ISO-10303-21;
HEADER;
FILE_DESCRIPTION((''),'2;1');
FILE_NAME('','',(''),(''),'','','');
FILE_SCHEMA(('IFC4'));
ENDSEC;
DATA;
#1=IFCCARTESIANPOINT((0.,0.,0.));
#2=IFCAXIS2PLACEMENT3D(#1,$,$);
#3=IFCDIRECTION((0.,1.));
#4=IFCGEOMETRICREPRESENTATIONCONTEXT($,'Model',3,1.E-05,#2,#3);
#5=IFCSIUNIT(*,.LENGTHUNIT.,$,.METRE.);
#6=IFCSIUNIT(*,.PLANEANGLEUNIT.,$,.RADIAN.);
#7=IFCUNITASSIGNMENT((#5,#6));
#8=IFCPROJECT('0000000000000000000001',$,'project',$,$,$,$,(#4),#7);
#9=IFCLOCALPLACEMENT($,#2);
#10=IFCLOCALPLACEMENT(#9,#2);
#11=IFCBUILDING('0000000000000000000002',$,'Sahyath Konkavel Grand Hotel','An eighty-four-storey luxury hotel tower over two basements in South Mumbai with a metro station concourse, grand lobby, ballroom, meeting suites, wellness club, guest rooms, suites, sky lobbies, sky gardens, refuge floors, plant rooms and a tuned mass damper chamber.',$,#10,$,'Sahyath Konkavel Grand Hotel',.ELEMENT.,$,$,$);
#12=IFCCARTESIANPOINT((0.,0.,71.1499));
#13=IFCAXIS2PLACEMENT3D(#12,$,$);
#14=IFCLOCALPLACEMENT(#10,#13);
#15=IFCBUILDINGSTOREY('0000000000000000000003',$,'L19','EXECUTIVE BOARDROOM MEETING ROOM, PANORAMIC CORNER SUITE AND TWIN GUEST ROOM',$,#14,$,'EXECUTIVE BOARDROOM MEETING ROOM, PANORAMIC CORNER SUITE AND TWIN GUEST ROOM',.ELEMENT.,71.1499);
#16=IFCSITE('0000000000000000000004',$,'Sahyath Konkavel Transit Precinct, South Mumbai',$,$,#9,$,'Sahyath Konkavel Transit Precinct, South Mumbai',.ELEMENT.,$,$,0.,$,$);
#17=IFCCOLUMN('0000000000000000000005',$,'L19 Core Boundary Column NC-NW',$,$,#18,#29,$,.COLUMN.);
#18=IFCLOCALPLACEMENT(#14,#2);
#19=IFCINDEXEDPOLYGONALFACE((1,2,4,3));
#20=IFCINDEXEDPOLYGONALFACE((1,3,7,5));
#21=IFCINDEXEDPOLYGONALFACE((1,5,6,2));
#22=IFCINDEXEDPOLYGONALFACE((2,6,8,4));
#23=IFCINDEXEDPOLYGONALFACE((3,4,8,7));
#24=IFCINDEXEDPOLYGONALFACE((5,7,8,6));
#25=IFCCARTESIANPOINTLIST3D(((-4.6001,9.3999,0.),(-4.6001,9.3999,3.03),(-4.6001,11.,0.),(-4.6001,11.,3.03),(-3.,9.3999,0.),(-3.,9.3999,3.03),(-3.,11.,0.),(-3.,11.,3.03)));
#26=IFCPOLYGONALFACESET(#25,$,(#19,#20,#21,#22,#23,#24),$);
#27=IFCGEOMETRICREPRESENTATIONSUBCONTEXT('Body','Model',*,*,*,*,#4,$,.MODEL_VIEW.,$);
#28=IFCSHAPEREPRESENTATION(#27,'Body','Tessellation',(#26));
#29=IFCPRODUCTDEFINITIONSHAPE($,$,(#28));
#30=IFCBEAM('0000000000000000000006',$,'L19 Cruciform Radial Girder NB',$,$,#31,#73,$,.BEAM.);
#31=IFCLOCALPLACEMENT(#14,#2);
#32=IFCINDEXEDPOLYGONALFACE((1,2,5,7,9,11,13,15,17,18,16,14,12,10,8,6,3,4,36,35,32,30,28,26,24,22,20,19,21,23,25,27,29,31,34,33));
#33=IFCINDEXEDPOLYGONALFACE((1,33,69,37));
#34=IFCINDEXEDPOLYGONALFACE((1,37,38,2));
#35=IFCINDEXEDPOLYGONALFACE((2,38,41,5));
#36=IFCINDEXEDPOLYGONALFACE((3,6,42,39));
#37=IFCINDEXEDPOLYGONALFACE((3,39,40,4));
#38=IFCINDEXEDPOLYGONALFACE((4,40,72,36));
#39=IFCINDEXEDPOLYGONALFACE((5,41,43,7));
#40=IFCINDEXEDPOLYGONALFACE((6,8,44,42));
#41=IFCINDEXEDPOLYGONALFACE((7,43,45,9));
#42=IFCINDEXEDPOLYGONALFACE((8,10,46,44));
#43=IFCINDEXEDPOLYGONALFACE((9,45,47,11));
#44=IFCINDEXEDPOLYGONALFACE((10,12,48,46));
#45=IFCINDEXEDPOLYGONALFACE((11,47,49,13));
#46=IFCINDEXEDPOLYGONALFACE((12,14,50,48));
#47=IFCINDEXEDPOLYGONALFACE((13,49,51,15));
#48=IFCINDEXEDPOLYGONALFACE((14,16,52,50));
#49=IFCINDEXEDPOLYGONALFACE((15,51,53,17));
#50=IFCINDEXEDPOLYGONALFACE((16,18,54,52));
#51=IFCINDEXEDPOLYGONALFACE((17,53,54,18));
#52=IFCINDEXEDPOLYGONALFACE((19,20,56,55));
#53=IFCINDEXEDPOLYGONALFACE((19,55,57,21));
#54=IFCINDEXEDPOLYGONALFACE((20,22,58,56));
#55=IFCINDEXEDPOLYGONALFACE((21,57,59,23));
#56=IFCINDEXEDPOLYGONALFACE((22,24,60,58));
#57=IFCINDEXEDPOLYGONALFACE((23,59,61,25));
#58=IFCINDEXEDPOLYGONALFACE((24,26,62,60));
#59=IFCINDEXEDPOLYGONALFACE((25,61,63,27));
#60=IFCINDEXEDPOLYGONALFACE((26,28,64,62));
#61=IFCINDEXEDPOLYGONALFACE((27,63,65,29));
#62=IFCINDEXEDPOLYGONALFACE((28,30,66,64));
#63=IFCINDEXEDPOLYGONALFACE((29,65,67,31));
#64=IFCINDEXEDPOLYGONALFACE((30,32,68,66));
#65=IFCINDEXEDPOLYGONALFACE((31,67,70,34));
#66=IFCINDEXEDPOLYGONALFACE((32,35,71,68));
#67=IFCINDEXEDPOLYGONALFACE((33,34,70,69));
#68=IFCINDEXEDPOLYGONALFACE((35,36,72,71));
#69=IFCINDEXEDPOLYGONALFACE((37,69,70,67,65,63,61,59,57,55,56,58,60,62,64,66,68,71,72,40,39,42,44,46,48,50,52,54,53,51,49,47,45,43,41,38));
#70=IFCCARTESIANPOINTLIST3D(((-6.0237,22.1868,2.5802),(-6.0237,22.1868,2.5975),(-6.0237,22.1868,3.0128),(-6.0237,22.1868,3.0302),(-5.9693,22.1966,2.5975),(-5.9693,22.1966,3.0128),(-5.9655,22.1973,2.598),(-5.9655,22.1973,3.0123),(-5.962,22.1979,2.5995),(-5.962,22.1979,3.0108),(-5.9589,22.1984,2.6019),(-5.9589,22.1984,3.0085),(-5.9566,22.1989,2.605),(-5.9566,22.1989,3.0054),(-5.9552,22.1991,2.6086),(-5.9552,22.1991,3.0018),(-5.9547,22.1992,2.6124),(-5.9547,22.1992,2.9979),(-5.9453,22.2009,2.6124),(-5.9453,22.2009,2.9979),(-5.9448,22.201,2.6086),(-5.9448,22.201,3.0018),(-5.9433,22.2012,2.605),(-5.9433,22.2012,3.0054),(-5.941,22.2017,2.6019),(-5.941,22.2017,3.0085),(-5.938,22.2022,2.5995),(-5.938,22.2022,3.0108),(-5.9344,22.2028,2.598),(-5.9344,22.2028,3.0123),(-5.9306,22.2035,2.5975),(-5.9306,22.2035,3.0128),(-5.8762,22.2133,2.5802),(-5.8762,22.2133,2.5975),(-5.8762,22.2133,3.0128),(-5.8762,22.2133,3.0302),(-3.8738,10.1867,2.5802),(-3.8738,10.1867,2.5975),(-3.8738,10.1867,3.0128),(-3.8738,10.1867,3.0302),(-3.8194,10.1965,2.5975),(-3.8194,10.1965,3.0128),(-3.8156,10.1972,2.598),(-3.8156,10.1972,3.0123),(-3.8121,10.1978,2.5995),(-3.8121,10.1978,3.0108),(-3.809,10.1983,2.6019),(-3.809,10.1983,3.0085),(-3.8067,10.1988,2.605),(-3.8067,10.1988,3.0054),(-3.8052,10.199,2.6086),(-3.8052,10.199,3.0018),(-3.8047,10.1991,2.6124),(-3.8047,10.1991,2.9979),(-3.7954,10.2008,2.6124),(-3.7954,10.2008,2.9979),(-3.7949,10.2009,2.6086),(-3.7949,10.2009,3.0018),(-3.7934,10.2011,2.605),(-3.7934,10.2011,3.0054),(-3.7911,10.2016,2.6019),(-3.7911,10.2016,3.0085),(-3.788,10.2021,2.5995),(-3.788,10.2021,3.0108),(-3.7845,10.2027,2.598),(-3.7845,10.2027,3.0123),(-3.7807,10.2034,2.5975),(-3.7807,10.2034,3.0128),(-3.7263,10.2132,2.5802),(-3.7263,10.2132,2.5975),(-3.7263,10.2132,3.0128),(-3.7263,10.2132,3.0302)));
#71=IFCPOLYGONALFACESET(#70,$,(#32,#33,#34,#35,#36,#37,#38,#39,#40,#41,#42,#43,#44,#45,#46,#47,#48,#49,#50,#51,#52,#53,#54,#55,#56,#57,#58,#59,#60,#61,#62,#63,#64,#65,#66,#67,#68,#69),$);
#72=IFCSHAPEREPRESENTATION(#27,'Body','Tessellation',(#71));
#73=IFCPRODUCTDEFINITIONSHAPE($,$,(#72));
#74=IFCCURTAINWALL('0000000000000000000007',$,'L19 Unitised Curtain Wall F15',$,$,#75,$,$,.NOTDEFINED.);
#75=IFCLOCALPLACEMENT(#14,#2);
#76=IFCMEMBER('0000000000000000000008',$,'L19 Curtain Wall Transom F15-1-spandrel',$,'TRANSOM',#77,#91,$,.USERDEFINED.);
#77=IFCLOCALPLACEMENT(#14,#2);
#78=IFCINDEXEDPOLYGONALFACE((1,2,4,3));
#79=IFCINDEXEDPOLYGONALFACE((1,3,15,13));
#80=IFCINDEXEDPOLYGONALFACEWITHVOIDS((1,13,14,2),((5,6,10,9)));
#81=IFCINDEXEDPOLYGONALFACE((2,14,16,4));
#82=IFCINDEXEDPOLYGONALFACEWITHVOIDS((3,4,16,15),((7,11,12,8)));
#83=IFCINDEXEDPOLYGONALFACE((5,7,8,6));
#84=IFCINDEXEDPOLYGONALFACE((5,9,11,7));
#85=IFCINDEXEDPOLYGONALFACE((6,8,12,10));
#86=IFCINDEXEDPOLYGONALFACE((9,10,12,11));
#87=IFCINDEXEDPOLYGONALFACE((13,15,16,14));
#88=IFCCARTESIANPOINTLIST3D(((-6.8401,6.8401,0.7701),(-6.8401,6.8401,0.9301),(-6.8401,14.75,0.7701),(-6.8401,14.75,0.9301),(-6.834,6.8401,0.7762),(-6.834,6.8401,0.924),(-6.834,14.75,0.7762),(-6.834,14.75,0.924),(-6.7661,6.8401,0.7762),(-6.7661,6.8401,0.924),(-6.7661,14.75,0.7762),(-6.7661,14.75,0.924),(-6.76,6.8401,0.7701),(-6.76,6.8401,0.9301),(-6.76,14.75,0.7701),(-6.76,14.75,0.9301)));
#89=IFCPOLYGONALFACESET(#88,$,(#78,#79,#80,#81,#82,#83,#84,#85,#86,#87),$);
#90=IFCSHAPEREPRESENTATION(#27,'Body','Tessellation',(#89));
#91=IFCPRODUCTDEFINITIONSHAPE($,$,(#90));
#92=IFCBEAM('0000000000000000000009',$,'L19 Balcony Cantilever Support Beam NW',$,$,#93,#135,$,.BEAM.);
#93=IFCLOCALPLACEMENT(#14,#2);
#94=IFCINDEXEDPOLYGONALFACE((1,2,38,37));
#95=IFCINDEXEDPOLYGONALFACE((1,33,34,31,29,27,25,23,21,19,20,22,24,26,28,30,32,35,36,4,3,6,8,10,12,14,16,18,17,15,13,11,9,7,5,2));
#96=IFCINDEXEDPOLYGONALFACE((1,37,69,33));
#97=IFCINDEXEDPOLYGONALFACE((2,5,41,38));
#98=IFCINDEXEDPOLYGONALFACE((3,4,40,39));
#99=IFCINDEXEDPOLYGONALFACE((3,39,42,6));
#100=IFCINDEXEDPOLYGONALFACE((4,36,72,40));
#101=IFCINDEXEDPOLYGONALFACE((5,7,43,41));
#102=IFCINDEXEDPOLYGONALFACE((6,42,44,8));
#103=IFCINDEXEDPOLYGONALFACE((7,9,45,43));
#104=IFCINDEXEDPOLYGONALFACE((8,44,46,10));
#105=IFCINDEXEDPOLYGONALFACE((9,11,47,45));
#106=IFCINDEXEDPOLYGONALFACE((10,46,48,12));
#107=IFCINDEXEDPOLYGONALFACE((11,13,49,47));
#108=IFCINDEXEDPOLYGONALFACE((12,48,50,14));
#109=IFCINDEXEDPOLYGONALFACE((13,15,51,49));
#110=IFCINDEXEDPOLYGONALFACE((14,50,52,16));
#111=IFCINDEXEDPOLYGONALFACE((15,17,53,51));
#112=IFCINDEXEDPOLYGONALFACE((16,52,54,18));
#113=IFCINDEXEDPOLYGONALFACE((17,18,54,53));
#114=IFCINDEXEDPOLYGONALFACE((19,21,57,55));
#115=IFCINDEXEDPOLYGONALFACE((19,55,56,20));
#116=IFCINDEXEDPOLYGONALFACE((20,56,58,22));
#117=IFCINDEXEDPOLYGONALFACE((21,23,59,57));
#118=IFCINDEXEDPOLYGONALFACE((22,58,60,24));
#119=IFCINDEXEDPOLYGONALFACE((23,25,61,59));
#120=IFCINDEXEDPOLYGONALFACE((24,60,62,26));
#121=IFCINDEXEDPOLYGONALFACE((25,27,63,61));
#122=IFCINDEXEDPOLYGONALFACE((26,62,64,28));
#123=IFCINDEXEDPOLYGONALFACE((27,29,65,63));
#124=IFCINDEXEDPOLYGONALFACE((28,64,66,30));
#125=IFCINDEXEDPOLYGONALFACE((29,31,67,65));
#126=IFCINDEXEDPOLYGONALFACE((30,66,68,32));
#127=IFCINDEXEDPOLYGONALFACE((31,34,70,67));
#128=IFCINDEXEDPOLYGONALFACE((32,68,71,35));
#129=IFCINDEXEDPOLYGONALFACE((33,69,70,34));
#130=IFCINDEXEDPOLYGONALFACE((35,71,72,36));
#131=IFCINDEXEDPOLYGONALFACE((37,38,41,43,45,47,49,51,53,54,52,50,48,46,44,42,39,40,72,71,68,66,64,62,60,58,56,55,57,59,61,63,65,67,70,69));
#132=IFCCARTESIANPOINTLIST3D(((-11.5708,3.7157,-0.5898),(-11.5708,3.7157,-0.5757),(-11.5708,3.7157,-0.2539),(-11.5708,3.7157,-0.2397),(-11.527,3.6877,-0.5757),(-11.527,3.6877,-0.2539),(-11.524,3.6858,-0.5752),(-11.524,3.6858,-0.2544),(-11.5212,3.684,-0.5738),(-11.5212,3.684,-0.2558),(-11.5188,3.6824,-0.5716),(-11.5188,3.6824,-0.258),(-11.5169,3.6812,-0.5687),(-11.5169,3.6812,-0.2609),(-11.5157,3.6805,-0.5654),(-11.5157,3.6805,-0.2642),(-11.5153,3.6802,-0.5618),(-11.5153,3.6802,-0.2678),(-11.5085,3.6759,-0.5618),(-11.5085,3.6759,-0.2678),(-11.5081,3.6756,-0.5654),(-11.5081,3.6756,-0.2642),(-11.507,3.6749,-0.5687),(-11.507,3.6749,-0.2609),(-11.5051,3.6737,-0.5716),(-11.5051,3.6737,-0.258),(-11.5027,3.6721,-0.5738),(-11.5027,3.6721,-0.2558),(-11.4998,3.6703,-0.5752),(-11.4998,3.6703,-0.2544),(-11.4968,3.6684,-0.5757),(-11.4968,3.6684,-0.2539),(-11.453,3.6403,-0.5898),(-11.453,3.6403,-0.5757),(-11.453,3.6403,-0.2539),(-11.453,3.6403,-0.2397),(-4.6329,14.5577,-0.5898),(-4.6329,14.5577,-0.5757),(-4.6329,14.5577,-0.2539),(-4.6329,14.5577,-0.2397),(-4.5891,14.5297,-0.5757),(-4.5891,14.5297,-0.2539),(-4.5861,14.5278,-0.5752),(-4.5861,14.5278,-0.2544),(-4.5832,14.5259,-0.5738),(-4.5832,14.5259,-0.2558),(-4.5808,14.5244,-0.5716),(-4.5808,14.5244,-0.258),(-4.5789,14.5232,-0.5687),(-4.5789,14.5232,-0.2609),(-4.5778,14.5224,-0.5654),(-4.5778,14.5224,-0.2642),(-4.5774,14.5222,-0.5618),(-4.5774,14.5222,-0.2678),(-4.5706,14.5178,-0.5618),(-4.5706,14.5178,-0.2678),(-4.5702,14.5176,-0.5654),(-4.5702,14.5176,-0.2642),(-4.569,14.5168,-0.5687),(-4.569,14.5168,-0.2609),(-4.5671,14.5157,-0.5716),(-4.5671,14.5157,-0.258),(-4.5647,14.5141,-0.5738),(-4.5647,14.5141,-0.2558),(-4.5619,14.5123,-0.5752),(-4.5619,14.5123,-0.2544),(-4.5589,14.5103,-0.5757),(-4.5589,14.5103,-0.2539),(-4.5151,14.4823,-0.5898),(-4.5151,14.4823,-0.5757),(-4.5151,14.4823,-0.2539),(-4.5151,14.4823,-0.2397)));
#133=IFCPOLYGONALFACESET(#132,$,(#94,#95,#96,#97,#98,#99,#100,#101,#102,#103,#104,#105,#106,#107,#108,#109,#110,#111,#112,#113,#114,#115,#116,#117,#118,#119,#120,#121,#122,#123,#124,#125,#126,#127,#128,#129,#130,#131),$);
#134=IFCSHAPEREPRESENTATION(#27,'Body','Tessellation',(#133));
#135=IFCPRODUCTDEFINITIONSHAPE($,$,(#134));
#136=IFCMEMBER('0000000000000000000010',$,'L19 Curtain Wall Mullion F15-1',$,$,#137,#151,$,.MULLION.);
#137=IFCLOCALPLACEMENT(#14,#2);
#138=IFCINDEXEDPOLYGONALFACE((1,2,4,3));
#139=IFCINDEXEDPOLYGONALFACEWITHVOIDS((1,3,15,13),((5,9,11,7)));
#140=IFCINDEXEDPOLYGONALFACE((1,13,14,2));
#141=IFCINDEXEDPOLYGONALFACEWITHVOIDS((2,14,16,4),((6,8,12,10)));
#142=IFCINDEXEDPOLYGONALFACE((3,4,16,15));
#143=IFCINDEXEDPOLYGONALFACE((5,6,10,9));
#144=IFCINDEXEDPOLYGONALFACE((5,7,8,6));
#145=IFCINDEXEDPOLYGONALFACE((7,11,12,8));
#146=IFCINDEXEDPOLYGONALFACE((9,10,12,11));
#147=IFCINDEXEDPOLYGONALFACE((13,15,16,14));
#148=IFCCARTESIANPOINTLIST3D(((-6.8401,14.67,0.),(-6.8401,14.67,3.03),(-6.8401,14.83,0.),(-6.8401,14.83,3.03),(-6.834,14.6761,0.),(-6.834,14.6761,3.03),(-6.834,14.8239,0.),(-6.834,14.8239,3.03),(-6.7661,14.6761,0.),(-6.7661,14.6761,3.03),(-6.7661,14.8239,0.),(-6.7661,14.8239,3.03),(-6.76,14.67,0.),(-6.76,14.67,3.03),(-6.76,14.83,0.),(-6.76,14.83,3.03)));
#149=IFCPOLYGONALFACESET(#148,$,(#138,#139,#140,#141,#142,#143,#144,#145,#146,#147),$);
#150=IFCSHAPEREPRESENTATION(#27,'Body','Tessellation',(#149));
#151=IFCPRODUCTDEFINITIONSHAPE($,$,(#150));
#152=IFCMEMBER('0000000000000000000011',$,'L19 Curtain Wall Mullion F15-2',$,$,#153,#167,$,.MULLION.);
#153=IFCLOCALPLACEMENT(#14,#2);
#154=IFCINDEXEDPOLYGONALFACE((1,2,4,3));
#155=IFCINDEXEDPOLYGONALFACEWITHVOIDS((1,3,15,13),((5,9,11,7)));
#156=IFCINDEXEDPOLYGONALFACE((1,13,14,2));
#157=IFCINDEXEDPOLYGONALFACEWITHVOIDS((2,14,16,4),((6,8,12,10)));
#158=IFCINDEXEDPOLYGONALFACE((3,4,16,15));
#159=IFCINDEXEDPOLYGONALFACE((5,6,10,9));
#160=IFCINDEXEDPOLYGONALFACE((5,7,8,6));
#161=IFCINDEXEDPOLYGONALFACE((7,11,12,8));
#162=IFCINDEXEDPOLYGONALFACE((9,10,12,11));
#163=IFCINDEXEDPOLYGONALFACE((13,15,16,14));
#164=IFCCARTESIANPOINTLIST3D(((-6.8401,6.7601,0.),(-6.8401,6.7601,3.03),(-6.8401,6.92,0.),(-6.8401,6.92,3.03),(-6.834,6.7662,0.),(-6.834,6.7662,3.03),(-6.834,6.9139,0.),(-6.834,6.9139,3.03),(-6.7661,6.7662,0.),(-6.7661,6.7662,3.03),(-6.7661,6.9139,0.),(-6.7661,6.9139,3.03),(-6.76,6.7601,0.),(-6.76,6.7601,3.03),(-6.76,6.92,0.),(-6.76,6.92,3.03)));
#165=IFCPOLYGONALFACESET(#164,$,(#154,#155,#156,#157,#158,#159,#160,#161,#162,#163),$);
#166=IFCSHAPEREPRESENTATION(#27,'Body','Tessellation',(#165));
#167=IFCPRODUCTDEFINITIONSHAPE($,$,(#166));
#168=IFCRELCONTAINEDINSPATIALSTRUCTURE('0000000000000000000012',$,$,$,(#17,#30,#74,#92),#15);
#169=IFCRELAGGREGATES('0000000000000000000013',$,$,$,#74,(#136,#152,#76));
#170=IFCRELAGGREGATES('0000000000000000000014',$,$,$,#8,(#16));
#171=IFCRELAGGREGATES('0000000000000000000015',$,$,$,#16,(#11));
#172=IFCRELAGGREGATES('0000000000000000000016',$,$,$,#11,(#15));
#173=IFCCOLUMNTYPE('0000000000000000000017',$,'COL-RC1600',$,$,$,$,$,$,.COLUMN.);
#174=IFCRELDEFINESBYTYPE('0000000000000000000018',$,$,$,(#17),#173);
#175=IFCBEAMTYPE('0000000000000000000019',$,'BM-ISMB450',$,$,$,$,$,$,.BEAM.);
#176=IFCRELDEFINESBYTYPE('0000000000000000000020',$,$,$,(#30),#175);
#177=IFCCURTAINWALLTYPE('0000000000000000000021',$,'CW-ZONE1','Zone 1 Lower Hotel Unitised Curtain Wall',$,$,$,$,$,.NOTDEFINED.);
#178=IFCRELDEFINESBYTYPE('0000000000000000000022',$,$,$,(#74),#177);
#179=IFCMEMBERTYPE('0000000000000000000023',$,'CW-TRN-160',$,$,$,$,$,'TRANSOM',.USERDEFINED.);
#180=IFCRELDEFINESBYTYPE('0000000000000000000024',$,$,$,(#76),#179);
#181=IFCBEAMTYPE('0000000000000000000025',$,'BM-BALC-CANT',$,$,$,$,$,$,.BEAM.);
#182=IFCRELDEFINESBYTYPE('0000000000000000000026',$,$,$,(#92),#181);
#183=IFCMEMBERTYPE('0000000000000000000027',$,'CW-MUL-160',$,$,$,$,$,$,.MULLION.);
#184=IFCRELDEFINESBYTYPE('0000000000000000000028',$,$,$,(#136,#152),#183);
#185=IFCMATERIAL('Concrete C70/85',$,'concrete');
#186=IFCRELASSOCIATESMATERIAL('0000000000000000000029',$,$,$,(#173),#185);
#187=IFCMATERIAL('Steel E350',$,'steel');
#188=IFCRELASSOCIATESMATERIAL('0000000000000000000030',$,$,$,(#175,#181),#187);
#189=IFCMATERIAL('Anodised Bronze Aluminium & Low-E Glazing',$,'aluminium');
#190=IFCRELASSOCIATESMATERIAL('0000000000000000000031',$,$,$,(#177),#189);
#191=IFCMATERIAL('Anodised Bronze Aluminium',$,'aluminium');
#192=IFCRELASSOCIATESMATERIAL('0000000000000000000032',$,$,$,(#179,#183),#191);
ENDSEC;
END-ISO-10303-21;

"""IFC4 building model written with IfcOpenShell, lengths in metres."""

from ifc_helpers import new_model, si_unit, direction, frame, origin, origin_2d, place, context, subcontext, project, spatial, rectangle, hollow_rectangle, i_section, extrude, source, transform, mapped, material, material_profile, profile_set, type_object, element, aggregate, save


model = new_model("IFC4")

# Units and contexts
model_context = context("Model", 3, precision=1e-05, world=origin(), true_north=direction((0.0, 1.0)))
body_context = subcontext(model_context, "Body", "Model", "MODEL_VIEW")
ifc_project = project(units=[si_unit("LENGTHUNIT", "METRE"), si_unit("PLANEANGLEUNIT", "RADIAN")], contexts=[model_context])

# Site, building, storey
site_placement = place(None, origin())
site = spatial("IfcSite", under=ifc_project, at=site_placement, Name="Sahyath Konkavel Transit Precinct, South Mumbai", LongName="Sahyath Konkavel Transit Precinct, South Mumbai", CompositionType="ELEMENT", RefElevation=0.0)
building_placement = place(site_placement, origin())
building = spatial("IfcBuilding", under=site, at=building_placement, Name="Sahyath Konkavel Grand Hotel", Description="An eighty-four-storey luxury hotel tower over two basements in South Mumbai with a metro station concourse, grand lobby, ballroom, meeting suites, wellness club, guest rooms, suites, sky lobbies, sky gardens, refuge floors, plant rooms and a tuned mass damper chamber.", LongName="Sahyath Konkavel Grand Hotel", CompositionType="ELEMENT")
storey_placement = place(building_placement, frame((0.0, 0.0, 71.1499)))
storey = spatial("IfcBuildingStorey", under=building, at=storey_placement, Name="L19", Description="EXECUTIVE BOARDROOM MEETING ROOM, PANORAMIC CORNER SUITE AND TWIN GUEST ROOM", LongName="EXECUTIVE BOARDROOM MEETING ROOM, PANORAMIC CORNER SUITE AND TWIN GUEST ROOM", CompositionType="ELEMENT", Elevation=71.1499)

# Column
ifc_material_1 = material(Name="Concrete C70/85", Category="concrete")
ifc_material_profile_1 = material_profile(ifc_material_1, rectangle(XDim=1.6001, YDim=1.6001, at=origin_2d()), Name="RC 1600x1600")
ifc_profile_set_1 = profile_set([ifc_material_profile_1], Name="Concrete C70/85")
column_type = type_object("IfcColumnType", Name="COL-RC1600", PredefinedType="COLUMN", material=ifc_profile_set_1)
shared_shape_1 = source(origin(), body_context, "Body", "SweptSolid", [
    extrude(rectangle(XDim=1.6001, YDim=1.6001, at=origin_2d()), origin(), (0.0, 0.0, 1.0), 3.03),
])
column_placement = place(storey_placement, frame((-3.8, 10.2, 0.0), z_axis=(0.0, 0.0, 1.0), x_axis=(1.0, 0.0, 0.0)))
element("IfcColumn", 1, at=column_placement, inside=storey, type_object=column_type, Name="L19 Core Boundary Column NC-NW", PredefinedType="COLUMN", context=body_context, shape_type="MappedRepresentation", body=[
    mapped(shared_shape_1, transform((0.0, 0.0, 0.0), scale=1.0)),
])

# Beam
ifc_material_2 = material(Name="Steel E350", Category="steel")
ifc_material_profile_2 = material_profile(ifc_material_2, i_section(OverallWidth=0.1499, OverallDepth=0.45, WebThickness=0.0095, FlangeThickness=0.0173, FilletRadius=0.0149, at=origin_2d()), Name="ISMB 450")
ifc_profile_set_2 = profile_set([ifc_material_profile_2], Name="Steel E350")
beam_type_1 = type_object("IfcBeamType", Name="BM-ISMB450", PredefinedType="BEAM", material=ifc_profile_set_2)
shared_shape_2 = source(origin(), body_context, "Body", "SweptSolid", [
    extrude(i_section(OverallWidth=0.1499, OverallDepth=0.45, WebThickness=0.0095, FlangeThickness=0.0173, FilletRadius=0.0149, at=origin_2d()), origin(), (0.0, 0.0, 1.0), 12.1912),
])
beam_1_placement = place(storey_placement, frame((-3.8, 10.2, 2.8052), z_axis=(-0.176351, 0.984327, 0.0), x_axis=(-0.984327, -0.176351, 0.0)))
element("IfcBeam", 2, at=beam_1_placement, inside=storey, type_object=beam_type_1, Name="L19 Cruciform Radial Girder NB", PredefinedType="BEAM", context=body_context, shape_type="MappedRepresentation", body=[
    mapped(shared_shape_2, transform((0.0, 0.0, 0.0), scale=1.0)),
])

# Curtain wall, member
ifc_material_3 = material(Name="Anodised Bronze Aluminium & Low-E Glazing", Category="aluminium")
curtain_wall_type = type_object("IfcCurtainWallType", Name="CW-ZONE1", Description="Zone 1 Lower Hotel Unitised Curtain Wall", PredefinedType="NOTDEFINED", material=ifc_material_3)
curtain_wall_1_placement = place(storey_placement, origin())
curtain_wall_1 = element("IfcCurtainWall", 3, at=curtain_wall_1_placement, inside=storey, type_object=curtain_wall_type, Name="L19 Unitised Curtain Wall F15", PredefinedType="NOTDEFINED")
ifc_material_4 = material(Name="Anodised Bronze Aluminium", Category="aluminium")
ifc_material_profile_3 = material_profile(ifc_material_4, hollow_rectangle(XDim=0.0801, YDim=0.1599, WallThickness=0.0061, at=origin_2d()), Name="RHS 160x80x6")
ifc_profile_set_3 = profile_set([ifc_material_profile_3], Name="Anodised Bronze Aluminium")
member_type_1 = type_object("IfcMemberType", Name="CW-TRN-160", ElementType="TRANSOM", PredefinedType="USERDEFINED", material=ifc_profile_set_3)
shared_shape_3 = source(origin(), body_context, "Body", "SweptSolid", [
    extrude(hollow_rectangle(XDim=0.0801, YDim=0.1599, WallThickness=0.0061, at=origin_2d()), origin(), (0.0, 0.0, 1.0), 7.9099),
])
member_1_placement = place(storey_placement, frame((-6.8, 14.75, 0.8501), z_axis=(0.0, -1.0, 0.0), x_axis=(1.0, 0.0, 0.0)))
member_1 = element("IfcMember", 4, at=member_1_placement, type_object=member_type_1, Name="L19 Curtain Wall Transom F15-1-spandrel", ObjectType="TRANSOM", PredefinedType="USERDEFINED", context=body_context, shape_type="MappedRepresentation", body=[
    mapped(shared_shape_3, transform((0.0, 0.0, 0.0), scale=1.0)),
])

# Beam
ifc_material_profile_4 = material_profile(ifc_material_2, i_section(OverallWidth=0.1399, OverallDepth=0.3501, WebThickness=0.0081, FlangeThickness=0.0142, FilletRadius=0.0139, at=origin_2d()), Name="ISMB 350")
ifc_profile_set_4 = profile_set([ifc_material_profile_4], Name="Steel E350")
beam_type_2 = type_object("IfcBeamType", Name="BM-BALC-CANT", PredefinedType="BEAM", material=ifc_profile_set_4)
shared_shape_4 = source(origin(), body_context, "Body", "SweptSolid", [
    extrude(i_section(OverallWidth=0.1399, OverallDepth=0.3501, WebThickness=0.0081, FlangeThickness=0.0142, FilletRadius=0.0139, at=origin_2d()), origin(), (0.0, 0.0, 1.0), 12.8718),
])
beam_2_placement = place(storey_placement, frame((-4.574, 14.52, -0.4148), z_axis=(-0.539003, -0.842304, 0.0), x_axis=(0.842304, -0.539003, 0.0)))
element("IfcBeam", 5, at=beam_2_placement, inside=storey, type_object=beam_type_2, Name="L19 Balcony Cantilever Support Beam NW", PredefinedType="BEAM", context=body_context, shape_type="MappedRepresentation", body=[
    mapped(shared_shape_4, transform((0.0, 0.0, 0.0), scale=1.0)),
])

# Members
ifc_material_profile_5 = material_profile(ifc_material_4, hollow_rectangle(XDim=0.0801, YDim=0.1599, WallThickness=0.0061, at=origin_2d()), Name="RHS 160x80x6")
ifc_profile_set_5 = profile_set([ifc_material_profile_5], Name="Anodised Bronze Aluminium")
member_type_2 = type_object("IfcMemberType", Name="CW-MUL-160", PredefinedType="MULLION", material=ifc_profile_set_5)
shared_shape_5 = source(origin(), body_context, "Body", "SweptSolid", [
    extrude(hollow_rectangle(XDim=0.0801, YDim=0.1599, WallThickness=0.0061, at=origin_2d()), origin(), (0.0, 0.0, 1.0), 3.03),
])
member_2_placement = place(storey_placement, frame((-6.8, 14.75, 0.0), z_axis=(0.0, 0.0, 1.0), x_axis=(1.0, 0.0, 0.0)))
member_2 = element("IfcMember", 6, at=member_2_placement, type_object=member_type_2, Name="L19 Curtain Wall Mullion F15-1", PredefinedType="MULLION", context=body_context, shape_type="MappedRepresentation", body=[
    mapped(shared_shape_5, transform((0.0, 0.0, 0.0), scale=1.0)),
])
member_3_placement = place(storey_placement, frame((-6.8, 6.8401, 0.0), z_axis=(0.0, 0.0, 1.0), x_axis=(1.0, 0.0, 0.0)))
member_3 = element("IfcMember", 7, at=member_3_placement, type_object=member_type_2, Name="L19 Curtain Wall Mullion F15-2", PredefinedType="MULLION", context=body_context, shape_type="MappedRepresentation", body=[
    mapped(shared_shape_5, transform((0.0, 0.0, 0.0), scale=1.0)),
])

aggregate(curtain_wall_1, [member_2, member_3, member_1])

save(model, "model.ifc")
